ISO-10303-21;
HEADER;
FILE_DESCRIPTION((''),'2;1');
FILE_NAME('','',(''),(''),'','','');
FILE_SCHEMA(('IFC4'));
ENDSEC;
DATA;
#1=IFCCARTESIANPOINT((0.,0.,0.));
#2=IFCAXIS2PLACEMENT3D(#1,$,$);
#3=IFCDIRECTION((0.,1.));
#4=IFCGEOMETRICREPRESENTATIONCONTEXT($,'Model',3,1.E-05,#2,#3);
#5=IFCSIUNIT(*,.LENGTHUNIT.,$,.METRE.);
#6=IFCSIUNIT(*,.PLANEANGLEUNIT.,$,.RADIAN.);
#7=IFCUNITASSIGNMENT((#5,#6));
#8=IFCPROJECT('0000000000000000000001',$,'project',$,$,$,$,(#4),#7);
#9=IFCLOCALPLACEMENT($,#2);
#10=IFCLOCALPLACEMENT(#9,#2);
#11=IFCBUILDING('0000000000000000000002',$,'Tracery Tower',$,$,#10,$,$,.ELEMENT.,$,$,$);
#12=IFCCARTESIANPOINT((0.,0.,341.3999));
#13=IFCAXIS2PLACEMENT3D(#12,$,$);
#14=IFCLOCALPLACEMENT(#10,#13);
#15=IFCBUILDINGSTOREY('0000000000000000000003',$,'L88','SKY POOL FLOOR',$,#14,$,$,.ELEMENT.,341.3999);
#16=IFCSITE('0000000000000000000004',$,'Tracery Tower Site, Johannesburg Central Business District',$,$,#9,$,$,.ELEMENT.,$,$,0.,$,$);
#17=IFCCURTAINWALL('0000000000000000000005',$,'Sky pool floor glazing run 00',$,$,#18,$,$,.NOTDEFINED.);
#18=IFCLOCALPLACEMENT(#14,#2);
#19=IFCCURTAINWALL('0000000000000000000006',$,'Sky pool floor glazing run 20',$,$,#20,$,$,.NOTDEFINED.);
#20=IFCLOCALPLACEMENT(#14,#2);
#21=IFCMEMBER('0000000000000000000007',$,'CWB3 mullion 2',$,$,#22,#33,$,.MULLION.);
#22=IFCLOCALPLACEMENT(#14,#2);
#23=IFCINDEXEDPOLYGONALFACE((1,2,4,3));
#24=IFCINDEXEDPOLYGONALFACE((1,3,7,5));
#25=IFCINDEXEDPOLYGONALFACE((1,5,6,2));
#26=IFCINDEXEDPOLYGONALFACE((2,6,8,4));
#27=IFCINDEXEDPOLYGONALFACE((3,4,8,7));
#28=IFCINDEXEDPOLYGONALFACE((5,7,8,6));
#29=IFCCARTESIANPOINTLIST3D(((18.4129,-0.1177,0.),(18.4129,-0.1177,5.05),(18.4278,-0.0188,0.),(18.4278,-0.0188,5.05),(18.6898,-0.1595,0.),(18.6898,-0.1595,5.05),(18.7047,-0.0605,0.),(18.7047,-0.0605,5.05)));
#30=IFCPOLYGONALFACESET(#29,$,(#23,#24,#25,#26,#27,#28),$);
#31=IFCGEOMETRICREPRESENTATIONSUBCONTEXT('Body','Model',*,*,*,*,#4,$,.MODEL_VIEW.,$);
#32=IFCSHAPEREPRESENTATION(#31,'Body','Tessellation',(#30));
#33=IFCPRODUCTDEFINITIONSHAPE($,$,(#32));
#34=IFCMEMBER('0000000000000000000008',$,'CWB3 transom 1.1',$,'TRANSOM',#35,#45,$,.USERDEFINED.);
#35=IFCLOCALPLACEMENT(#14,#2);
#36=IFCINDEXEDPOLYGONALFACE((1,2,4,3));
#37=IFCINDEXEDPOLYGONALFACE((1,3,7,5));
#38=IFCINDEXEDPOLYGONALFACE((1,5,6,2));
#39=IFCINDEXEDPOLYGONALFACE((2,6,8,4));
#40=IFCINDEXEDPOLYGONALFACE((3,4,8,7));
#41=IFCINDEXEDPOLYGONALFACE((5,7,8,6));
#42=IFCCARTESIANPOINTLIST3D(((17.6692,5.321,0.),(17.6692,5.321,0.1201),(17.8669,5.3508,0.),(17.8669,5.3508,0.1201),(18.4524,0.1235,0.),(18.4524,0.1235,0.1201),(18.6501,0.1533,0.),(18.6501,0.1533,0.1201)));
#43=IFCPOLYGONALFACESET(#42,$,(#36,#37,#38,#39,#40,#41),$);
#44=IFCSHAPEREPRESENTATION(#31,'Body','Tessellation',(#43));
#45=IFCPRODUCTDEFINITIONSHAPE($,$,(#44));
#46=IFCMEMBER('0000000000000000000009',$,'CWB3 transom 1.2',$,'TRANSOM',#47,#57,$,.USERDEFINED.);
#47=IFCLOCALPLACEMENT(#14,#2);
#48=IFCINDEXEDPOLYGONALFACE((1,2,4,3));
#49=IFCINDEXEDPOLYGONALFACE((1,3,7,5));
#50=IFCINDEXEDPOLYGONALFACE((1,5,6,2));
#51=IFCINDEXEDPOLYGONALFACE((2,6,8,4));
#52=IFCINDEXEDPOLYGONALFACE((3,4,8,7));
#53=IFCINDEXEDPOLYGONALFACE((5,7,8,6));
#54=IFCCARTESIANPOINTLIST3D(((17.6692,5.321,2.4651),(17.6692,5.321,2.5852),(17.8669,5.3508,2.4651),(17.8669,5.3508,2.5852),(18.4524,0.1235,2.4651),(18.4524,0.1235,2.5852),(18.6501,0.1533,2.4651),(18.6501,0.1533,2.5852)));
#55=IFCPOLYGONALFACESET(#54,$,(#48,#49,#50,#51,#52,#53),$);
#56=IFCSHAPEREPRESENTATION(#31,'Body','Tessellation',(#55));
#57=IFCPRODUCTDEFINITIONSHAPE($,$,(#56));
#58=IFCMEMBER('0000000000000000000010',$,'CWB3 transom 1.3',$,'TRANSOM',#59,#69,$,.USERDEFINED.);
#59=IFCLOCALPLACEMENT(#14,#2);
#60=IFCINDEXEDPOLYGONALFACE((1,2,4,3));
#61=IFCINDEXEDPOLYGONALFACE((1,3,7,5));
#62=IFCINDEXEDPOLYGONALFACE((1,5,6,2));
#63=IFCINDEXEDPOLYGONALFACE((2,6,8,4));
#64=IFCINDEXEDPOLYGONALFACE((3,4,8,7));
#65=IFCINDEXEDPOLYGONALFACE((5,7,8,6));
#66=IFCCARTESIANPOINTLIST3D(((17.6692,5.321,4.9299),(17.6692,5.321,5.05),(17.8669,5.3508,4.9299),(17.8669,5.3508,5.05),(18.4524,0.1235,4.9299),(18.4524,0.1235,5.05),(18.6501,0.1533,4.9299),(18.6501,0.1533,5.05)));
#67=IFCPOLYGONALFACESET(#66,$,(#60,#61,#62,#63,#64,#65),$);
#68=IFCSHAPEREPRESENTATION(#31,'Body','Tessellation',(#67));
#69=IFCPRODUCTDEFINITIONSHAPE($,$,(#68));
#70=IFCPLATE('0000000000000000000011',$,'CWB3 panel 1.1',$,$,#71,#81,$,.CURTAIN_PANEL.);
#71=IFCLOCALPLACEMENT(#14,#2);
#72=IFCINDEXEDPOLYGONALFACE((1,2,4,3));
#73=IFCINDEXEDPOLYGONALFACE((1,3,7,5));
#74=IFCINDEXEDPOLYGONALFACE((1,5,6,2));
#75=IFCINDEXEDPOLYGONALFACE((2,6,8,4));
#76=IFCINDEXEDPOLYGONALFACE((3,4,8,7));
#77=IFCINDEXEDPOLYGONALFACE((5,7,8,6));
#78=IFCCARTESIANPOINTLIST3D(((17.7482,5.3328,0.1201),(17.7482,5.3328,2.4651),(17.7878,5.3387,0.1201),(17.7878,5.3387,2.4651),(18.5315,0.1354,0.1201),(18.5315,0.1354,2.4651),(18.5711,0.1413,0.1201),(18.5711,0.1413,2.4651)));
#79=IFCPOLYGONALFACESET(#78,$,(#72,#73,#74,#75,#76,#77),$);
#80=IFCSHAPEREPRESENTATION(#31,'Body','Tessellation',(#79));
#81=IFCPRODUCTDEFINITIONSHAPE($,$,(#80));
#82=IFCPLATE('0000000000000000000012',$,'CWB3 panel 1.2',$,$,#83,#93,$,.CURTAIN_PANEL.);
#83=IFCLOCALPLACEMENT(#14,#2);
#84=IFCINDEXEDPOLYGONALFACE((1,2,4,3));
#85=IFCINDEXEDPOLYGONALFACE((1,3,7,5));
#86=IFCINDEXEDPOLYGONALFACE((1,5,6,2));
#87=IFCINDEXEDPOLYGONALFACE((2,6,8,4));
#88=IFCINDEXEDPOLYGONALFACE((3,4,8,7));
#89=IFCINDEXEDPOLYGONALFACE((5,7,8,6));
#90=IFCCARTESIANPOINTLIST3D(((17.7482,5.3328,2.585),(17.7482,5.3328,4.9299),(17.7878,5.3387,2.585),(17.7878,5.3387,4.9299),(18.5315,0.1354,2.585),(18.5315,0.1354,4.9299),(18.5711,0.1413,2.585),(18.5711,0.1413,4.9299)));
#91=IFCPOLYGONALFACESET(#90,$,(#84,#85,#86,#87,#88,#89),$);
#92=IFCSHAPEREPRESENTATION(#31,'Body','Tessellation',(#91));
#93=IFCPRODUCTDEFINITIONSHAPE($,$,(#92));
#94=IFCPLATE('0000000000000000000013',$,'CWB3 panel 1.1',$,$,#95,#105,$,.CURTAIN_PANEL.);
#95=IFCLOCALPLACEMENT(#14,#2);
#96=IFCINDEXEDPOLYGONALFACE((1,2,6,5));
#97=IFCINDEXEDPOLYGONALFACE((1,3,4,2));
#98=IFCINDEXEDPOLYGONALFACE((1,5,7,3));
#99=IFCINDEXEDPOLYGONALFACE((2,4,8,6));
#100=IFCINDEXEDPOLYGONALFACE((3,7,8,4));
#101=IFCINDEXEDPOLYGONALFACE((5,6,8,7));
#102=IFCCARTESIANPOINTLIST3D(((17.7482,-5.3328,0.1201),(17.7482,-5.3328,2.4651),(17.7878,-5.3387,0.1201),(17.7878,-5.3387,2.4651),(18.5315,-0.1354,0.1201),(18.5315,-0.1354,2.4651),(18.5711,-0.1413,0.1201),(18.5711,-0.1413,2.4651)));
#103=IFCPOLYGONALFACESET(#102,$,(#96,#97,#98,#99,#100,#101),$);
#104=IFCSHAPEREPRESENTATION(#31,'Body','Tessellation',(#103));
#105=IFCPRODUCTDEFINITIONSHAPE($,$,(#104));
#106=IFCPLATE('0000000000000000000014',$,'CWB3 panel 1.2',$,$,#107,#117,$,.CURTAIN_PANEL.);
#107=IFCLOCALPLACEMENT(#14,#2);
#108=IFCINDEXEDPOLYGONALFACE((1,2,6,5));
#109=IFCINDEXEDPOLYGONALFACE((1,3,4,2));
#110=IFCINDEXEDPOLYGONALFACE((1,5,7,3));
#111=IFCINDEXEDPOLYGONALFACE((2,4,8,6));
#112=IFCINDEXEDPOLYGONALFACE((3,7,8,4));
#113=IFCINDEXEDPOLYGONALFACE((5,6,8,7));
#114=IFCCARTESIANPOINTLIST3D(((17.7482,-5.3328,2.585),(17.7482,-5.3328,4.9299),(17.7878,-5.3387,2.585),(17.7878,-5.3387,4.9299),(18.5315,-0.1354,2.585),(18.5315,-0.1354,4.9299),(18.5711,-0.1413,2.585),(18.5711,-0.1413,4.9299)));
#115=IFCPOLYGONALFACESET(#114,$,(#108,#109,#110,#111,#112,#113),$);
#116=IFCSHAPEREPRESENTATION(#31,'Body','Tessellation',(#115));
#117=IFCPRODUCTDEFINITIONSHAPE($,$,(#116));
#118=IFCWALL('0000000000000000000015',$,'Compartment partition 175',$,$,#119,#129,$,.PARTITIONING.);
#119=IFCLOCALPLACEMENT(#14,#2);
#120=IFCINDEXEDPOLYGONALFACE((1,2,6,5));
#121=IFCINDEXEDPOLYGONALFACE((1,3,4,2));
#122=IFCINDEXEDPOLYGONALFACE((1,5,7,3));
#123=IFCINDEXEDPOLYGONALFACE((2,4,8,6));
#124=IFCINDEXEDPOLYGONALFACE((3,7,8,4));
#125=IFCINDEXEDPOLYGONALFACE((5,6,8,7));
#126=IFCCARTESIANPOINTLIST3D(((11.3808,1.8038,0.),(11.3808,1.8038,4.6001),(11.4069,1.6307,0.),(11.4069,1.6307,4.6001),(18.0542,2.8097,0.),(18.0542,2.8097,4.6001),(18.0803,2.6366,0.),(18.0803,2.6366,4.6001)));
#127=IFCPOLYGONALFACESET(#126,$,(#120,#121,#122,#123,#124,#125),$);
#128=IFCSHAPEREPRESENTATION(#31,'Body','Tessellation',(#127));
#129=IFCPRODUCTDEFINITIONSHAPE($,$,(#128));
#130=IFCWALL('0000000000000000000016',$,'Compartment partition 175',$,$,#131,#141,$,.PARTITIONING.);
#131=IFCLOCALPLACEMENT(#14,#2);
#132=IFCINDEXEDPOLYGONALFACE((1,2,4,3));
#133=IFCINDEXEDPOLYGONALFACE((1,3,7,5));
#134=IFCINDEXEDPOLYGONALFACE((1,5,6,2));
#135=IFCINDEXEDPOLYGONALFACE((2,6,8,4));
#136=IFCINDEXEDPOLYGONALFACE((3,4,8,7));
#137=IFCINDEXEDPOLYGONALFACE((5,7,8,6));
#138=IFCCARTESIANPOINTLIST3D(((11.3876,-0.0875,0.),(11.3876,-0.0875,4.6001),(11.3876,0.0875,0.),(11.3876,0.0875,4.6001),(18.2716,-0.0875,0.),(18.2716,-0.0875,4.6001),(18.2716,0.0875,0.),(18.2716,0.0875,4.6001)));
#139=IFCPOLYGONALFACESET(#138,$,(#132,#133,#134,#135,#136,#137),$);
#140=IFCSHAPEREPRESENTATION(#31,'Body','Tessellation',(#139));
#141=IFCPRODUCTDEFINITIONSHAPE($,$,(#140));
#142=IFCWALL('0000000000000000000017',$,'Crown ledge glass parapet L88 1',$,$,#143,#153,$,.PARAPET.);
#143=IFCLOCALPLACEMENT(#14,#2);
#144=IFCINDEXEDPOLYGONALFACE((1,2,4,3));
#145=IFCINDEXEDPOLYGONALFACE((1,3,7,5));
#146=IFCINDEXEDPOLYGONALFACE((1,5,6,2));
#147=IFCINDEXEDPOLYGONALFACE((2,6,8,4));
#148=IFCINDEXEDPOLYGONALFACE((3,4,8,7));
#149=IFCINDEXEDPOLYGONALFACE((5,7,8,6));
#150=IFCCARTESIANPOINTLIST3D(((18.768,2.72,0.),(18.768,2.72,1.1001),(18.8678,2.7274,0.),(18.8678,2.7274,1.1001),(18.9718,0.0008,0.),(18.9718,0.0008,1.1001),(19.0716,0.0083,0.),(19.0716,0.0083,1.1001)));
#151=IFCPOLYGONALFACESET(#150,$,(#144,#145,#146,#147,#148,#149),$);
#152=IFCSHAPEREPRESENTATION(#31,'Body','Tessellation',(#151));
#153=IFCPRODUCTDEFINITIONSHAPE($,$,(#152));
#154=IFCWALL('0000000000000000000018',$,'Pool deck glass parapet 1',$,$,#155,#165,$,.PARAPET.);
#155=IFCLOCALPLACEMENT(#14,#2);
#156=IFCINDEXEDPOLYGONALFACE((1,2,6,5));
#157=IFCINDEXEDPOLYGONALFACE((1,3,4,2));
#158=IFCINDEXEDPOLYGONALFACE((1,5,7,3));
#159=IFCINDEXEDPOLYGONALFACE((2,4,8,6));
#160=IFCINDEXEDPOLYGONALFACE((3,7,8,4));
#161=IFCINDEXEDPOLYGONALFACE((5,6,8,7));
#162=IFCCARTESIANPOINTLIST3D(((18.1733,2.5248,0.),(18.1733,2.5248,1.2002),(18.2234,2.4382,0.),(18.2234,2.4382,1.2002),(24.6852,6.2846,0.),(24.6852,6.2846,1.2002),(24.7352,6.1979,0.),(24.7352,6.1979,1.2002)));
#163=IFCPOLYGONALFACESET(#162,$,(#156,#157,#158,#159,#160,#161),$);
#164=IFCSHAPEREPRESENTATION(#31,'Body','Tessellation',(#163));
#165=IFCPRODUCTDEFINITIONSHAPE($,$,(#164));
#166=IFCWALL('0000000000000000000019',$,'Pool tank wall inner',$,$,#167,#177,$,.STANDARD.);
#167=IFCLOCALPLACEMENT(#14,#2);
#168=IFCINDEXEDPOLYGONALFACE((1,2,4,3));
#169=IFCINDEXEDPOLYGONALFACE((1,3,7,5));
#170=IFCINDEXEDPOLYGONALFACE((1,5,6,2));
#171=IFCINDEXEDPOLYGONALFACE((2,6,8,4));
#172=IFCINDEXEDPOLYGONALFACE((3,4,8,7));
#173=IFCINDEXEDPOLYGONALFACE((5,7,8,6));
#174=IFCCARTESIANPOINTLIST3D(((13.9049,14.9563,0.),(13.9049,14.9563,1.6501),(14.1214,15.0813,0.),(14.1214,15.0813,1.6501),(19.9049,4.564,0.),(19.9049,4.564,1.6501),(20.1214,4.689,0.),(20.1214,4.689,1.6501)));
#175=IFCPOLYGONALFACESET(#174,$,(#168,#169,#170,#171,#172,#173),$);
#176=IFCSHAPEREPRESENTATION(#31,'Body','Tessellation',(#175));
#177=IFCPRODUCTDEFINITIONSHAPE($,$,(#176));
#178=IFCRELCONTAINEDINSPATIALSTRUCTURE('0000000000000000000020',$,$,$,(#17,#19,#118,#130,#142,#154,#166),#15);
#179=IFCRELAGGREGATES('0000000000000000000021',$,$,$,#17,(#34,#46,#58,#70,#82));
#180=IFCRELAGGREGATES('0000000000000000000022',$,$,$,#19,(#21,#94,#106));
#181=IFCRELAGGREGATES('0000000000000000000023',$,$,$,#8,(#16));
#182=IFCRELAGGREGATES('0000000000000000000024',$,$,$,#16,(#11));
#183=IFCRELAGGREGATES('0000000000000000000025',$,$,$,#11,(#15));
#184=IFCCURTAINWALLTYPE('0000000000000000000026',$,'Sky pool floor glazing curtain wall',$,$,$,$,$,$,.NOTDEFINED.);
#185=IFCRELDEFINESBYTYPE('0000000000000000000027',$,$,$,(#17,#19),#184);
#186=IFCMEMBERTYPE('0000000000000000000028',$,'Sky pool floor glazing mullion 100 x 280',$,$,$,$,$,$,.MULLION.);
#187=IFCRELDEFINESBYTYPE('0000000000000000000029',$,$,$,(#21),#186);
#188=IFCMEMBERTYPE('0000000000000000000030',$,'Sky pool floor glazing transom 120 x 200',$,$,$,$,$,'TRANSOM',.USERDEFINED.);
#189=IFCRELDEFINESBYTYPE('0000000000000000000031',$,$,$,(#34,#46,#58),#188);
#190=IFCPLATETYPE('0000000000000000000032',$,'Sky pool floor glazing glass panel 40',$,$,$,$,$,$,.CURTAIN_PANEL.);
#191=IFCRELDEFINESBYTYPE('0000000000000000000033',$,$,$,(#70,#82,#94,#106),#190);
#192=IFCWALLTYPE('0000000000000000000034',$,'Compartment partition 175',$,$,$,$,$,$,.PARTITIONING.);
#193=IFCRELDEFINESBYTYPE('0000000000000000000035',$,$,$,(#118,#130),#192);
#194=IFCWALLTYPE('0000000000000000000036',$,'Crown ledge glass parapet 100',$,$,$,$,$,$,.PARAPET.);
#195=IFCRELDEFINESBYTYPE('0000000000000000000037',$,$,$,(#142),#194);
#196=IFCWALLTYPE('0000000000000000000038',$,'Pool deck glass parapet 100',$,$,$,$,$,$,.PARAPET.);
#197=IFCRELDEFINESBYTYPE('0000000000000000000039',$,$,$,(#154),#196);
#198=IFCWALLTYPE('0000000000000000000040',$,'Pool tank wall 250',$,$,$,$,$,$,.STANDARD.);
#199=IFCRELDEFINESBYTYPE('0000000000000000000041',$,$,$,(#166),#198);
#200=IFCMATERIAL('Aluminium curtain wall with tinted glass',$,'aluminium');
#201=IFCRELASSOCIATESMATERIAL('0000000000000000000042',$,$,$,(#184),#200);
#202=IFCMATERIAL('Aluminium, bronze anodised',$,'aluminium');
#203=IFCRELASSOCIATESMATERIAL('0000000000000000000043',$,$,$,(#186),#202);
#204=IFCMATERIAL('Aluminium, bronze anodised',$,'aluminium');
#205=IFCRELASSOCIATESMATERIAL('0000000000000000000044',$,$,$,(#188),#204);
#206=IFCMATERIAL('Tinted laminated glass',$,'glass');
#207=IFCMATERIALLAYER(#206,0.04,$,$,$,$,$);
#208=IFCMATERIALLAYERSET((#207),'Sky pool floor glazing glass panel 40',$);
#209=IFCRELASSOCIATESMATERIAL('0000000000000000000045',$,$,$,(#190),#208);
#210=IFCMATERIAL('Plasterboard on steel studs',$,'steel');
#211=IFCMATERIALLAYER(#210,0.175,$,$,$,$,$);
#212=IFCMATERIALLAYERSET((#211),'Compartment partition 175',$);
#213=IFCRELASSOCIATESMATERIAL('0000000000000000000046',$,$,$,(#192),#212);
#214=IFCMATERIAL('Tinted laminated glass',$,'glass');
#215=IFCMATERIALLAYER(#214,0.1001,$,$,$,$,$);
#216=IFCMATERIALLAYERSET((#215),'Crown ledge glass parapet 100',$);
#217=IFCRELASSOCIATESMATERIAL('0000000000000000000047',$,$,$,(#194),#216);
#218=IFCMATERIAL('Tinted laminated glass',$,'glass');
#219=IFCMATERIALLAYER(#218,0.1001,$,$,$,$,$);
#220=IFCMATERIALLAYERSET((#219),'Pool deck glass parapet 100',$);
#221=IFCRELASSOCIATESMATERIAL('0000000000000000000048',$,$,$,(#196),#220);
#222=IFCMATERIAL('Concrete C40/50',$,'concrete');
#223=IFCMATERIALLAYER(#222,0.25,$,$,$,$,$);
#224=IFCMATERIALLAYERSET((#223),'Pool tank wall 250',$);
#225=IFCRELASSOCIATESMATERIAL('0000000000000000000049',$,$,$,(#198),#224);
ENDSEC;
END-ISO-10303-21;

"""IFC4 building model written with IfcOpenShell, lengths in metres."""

from ifc_helpers import new_model, si_unit, direction, frame, frame_2d, origin, origin_2d, place, context, subcontext, project, spatial, rectangle, extrude, material, layer, layer_set, material_profile, profile_set, type_object, element, aggregate, save


model = new_model("IFC4")

# Units and contexts
model_context = context("Model", 3, precision=1e-05, world=origin(), true_north=direction((0.0, 1.0)))
body_context = subcontext(model_context, "Body", "Model", "MODEL_VIEW")
ifc_project = project(units=[si_unit("LENGTHUNIT", "METRE"), si_unit("PLANEANGLEUNIT", "RADIAN")], contexts=[model_context])

# Site, building, storey
site_placement = place(None, origin())
site = spatial("IfcSite", under=ifc_project, at=site_placement, Name="Tracery Tower Site, Johannesburg Central Business District", CompositionType="ELEMENT", RefElevation=0.0)
building_placement = place(site_placement, origin())
building = spatial("IfcBuilding", under=site, at=building_placement, Name="Tracery Tower", CompositionType="ELEMENT")
storey_placement = place(building_placement, frame((0.0, 0.0, 341.3999)))
storey = spatial("IfcBuildingStorey", under=building, at=storey_placement, Name="L88", Description="SKY POOL FLOOR", CompositionType="ELEMENT", Elevation=341.3999)

# Curtain wall
ifc_material_1 = material(Name="Aluminium curtain wall with tinted glass", Category="aluminium")
curtain_wall_type = type_object("IfcCurtainWallType", Name="Sky pool floor glazing curtain wall", PredefinedType="NOTDEFINED", material=ifc_material_1)
curtain_wall_1_placement = place(storey_placement, origin())
curtain_wall_1 = element("IfcCurtainWall", 1, at=curtain_wall_1_placement, inside=storey, type_object=curtain_wall_type, Name="Sky pool floor glazing run 00", PredefinedType="NOTDEFINED")
ifc_material_2 = material(Name="Aluminium, bronze anodised", Category="aluminium")
ifc_material_profile_1 = material_profile(ifc_material_2, rectangle(XDim=0.28, YDim=0.1001, at=origin_2d()), Name="Sky pool floor glazing mullion 100 x 280")
ifc_profile_set_1 = profile_set([ifc_material_profile_1], Name="Aluminium, bronze anodised")
member_type_1 = type_object("IfcMemberType", Name="Sky pool floor glazing mullion 100 x 280", PredefinedType="MULLION", material=ifc_profile_set_1)

# Curtain wall, member
curtain_wall_2_placement = place(storey_placement, origin())
curtain_wall_2 = element("IfcCurtainWall", 2, at=curtain_wall_2_placement, inside=storey, type_object=curtain_wall_type, Name="Sky pool floor glazing run 20", PredefinedType="NOTDEFINED")
member_1_placement = place(storey_placement, frame((18.5588, -0.0891, 0.0), z_axis=(0.0, 0.0, 1.0), x_axis=(-0.988833, 0.149028, 0.0)))
member_1 = element("IfcMember", 3, at=member_1_placement, type_object=member_type_1, Name="CWB3 mullion 2", PredefinedType="MULLION", context=body_context, shape_type="SweptSolid", body=[
    extrude(rectangle(XDim=0.28, YDim=0.1001, at=origin_2d()), origin(), (0.0, 0.0, 1.0), 5.05),
])

# Members
ifc_material_3 = material(Name="Aluminium, bronze anodised", Category="aluminium")
ifc_material_profile_2 = material_profile(ifc_material_3, rectangle(XDim=0.2, YDim=0.1201, at=origin_2d()), Name="Sky pool floor glazing transom 120 x 200")
ifc_profile_set_2 = profile_set([ifc_material_profile_2], Name="Aluminium, bronze anodised")
member_type_2 = type_object("IfcMemberType", Name="Sky pool floor glazing transom 120 x 200", ElementType="TRANSOM", PredefinedType="USERDEFINED", material=ifc_profile_set_2)
member_2_placement = place(storey_placement, frame((18.5513, 0.1384, 0.0601), z_axis=(-0.149006, 0.988836, 0.0), x_axis=(-0.988836, -0.149006, 0.0)))
member_2 = element("IfcMember", 4, at=member_2_placement, type_object=member_type_2, Name="CWB3 transom 1.1", ObjectType="TRANSOM", PredefinedType="USERDEFINED", context=body_context, shape_type="SweptSolid", body=[
    extrude(rectangle(XDim=0.2, YDim=0.1201, at=origin_2d()), origin(), (0.0, 0.0, 1.0), 5.2561),
])
member_3_placement = place(storey_placement, frame((18.5513, 0.1384, 2.5251), z_axis=(-0.149006, 0.988836, 0.0), x_axis=(-0.988836, -0.149006, 0.0)))
member_3 = element("IfcMember", 5, at=member_3_placement, type_object=member_type_2, Name="CWB3 transom 1.2", ObjectType="TRANSOM", PredefinedType="USERDEFINED", context=body_context, shape_type="SweptSolid", body=[
    extrude(rectangle(XDim=0.2, YDim=0.1201, at=origin_2d()), origin(), (0.0, 0.0, 1.0), 5.2561),
])
member_4_placement = place(storey_placement, frame((18.5513, 0.1384, 4.99), z_axis=(-0.149006, 0.988836, 0.0), x_axis=(-0.988836, -0.149006, 0.0)))
member_4 = element("IfcMember", 6, at=member_4_placement, type_object=member_type_2, Name="CWB3 transom 1.3", ObjectType="TRANSOM", PredefinedType="USERDEFINED", context=body_context, shape_type="SweptSolid", body=[
    extrude(rectangle(XDim=0.2, YDim=0.1201, at=origin_2d()), origin(), (0.0, 0.0, 1.0), 5.2561),
])

# Plates
ifc_material_4 = material(Name="Tinted laminated glass", Category="glass")
ifc_layer_1 = layer(ifc_material_4, 0.04)
ifc_layer_set_1 = layer_set([ifc_layer_1], Name="Sky pool floor glazing glass panel 40")
plate_type = type_object("IfcPlateType", Name="Sky pool floor glazing glass panel 40", PredefinedType="CURTAIN_PANEL", material=ifc_layer_set_1)
plate_1_placement = place(storey_placement, frame((18.1597, 2.7371, 0.1201), z_axis=(0.0, 0.0, 1.0), x_axis=(-0.149028, 0.988833, 0.0)))
plate_1 = element("IfcPlate", 7, at=plate_1_placement, type_object=plate_type, Name="CWB3 panel 1.1", PredefinedType="CURTAIN_PANEL", context=body_context, shape_type="SweptSolid", body=[
    extrude(rectangle(XDim=5.2561, YDim=0.04, at=origin_2d()), origin(), (0.0, 0.0, 1.0), 2.345),
])
plate_2_placement = place(storey_placement, frame((18.1597, 2.7371, 2.585), z_axis=(0.0, 0.0, 1.0), x_axis=(-0.149028, 0.988833, 0.0)))
plate_2 = element("IfcPlate", 8, at=plate_2_placement, type_object=plate_type, Name="CWB3 panel 1.2", PredefinedType="CURTAIN_PANEL", context=body_context, shape_type="SweptSolid", body=[
    extrude(rectangle(XDim=5.2561, YDim=0.04, at=origin_2d()), origin(), (0.0, 0.0, 1.0), 2.345),
])
aggregate(curtain_wall_1, [member_2, member_3, member_4, plate_1, plate_2])
plate_3_placement = place(storey_placement, frame((18.1597, -2.7371, 0.1201), z_axis=(0.0, 0.0, 1.0), x_axis=(0.149028, 0.988833, 0.0)))
plate_3 = element("IfcPlate", 9, at=plate_3_placement, type_object=plate_type, Name="CWB3 panel 1.1", PredefinedType="CURTAIN_PANEL", context=body_context, shape_type="SweptSolid", body=[
    extrude(rectangle(XDim=5.2561, YDim=0.04, at=origin_2d()), origin(), (0.0, 0.0, 1.0), 2.345),
])
plate_4_placement = place(storey_placement, frame((18.1597, -2.7371, 2.585), z_axis=(0.0, 0.0, 1.0), x_axis=(0.149028, 0.988833, 0.0)))
plate_4 = element("IfcPlate", 10, at=plate_4_placement, type_object=plate_type, Name="CWB3 panel 1.2", PredefinedType="CURTAIN_PANEL", context=body_context, shape_type="SweptSolid", body=[
    extrude(rectangle(XDim=5.2561, YDim=0.04, at=origin_2d()), origin(), (0.0, 0.0, 1.0), 2.345),
])
aggregate(curtain_wall_2, [member_1, plate_3, plate_4])

# Walls
ifc_material_5 = material(Name="Plasterboard on steel studs", Category="steel")
ifc_layer_2 = layer(ifc_material_5, 0.175)
ifc_layer_set_2 = layer_set([ifc_layer_2], Name="Compartment partition 175")
wall_type_1 = type_object("IfcWallType", Name="Compartment partition 175", PredefinedType="PARTITIONING", material=ifc_layer_set_2)
wall_1_placement = place(storey_placement, frame((18.0674, 2.7231, 0.0), z_axis=(0.0, 0.0, 1.0), x_axis=(-0.98883, -0.149044, 0.0)))
element("IfcWall", 11, at=wall_1_placement, inside=storey, type_object=wall_type_1, Name="Compartment partition 175", PredefinedType="PARTITIONING", context=body_context, shape_type="SweptSolid", body=[
    extrude(rectangle(XDim=6.7488, YDim=0.175, at=frame_2d((3.3745, 0.0))), origin(), (0.0, 0.0, 1.0), 4.6001),
])
wall_2_placement = place(storey_placement, frame((18.2715, 0.0, 0.0), z_axis=(0.0, 0.0, 1.0), x_axis=(-1.0, 0.0, 0.0)))
element("IfcWall", 12, at=wall_2_placement, inside=storey, type_object=wall_type_1, Name="Compartment partition 175", PredefinedType="PARTITIONING", context=body_context, shape_type="SweptSolid", body=[
    extrude(rectangle(XDim=6.884, YDim=0.175, at=frame_2d((3.4419, 0.0))), origin(), (0.0, 0.0, 1.0), 4.6001),
])
ifc_material_6 = material(Name="Tinted laminated glass", Category="glass")
ifc_layer_3 = layer(ifc_material_6, 0.1001)
ifc_layer_set_3 = layer_set([ifc_layer_3], Name="Crown ledge glass parapet 100")
wall_type_2 = type_object("IfcWallType", Name="Crown ledge glass parapet 100", PredefinedType="PARAPET", material=ifc_layer_set_3)
wall_3_placement = place(storey_placement, frame((19.0217, 0.0046, 0.0), z_axis=(0.0, 0.0, 1.0), x_axis=(-0.074759, 0.997202, 0.0)))
element("IfcWall", 13, at=wall_3_placement, inside=storey, type_object=wall_type_2, Name="Crown ledge glass parapet L88 1", PredefinedType="PARAPET", context=body_context, shape_type="SweptSolid", body=[
    extrude(rectangle(XDim=2.7268, YDim=0.1001, at=frame_2d((1.3633, 0.0))), origin(), (0.0, 0.0, 1.0), 1.1001),
])
ifc_material_7 = material(Name="Tinted laminated glass", Category="glass")
ifc_layer_4 = layer(ifc_material_7, 0.1001)
ifc_layer_set_4 = layer_set([ifc_layer_4], Name="Pool deck glass parapet 100")
wall_type_3 = type_object("IfcWallType", Name="Pool deck glass parapet 100", PredefinedType="PARAPET", material=ifc_layer_set_4)
wall_4_placement = place(storey_placement, frame((18.1982, 2.4814, 0.0), z_axis=(0.0, 0.0, 1.0), x_axis=(0.866021, 0.500008, 0.0)))
element("IfcWall", 14, at=wall_4_placement, inside=storey, type_object=wall_type_3, Name="Pool deck glass parapet 1", PredefinedType="PARAPET", context=body_context, shape_type="SweptSolid", body=[
    extrude(rectangle(XDim=7.5193, YDim=0.1001, at=frame_2d((3.7598, 0.0))), origin(), (0.0, 0.0, 1.0), 1.2002),
])
ifc_material_8 = material(Name="Concrete C40/50", Category="concrete")
ifc_layer_5 = layer(ifc_material_8, 0.25)
ifc_layer_set_5 = layer_set([ifc_layer_5], Name="Pool tank wall 250")
wall_type_4 = type_object("IfcWallType", Name="Pool tank wall 250", PredefinedType="STANDARD", material=ifc_layer_set_5)
wall_5_placement = place(storey_placement, frame((20.0132, 4.6265, 0.0), z_axis=(0.0, 0.0, 1.0), x_axis=(-0.499999, 0.866026, 0.0)))
element("IfcWall", 15, at=wall_5_placement, inside=storey, type_object=wall_type_4, Name="Pool tank wall inner", PredefinedType="STANDARD", context=body_context, shape_type="SweptSolid", body=[
    extrude(rectangle(XDim=12.0, YDim=0.25, at=frame_2d((6.0, 0.0))), origin(), (0.0, 0.0, 1.0), 1.6501),
])

save(model, "model.ifc")
